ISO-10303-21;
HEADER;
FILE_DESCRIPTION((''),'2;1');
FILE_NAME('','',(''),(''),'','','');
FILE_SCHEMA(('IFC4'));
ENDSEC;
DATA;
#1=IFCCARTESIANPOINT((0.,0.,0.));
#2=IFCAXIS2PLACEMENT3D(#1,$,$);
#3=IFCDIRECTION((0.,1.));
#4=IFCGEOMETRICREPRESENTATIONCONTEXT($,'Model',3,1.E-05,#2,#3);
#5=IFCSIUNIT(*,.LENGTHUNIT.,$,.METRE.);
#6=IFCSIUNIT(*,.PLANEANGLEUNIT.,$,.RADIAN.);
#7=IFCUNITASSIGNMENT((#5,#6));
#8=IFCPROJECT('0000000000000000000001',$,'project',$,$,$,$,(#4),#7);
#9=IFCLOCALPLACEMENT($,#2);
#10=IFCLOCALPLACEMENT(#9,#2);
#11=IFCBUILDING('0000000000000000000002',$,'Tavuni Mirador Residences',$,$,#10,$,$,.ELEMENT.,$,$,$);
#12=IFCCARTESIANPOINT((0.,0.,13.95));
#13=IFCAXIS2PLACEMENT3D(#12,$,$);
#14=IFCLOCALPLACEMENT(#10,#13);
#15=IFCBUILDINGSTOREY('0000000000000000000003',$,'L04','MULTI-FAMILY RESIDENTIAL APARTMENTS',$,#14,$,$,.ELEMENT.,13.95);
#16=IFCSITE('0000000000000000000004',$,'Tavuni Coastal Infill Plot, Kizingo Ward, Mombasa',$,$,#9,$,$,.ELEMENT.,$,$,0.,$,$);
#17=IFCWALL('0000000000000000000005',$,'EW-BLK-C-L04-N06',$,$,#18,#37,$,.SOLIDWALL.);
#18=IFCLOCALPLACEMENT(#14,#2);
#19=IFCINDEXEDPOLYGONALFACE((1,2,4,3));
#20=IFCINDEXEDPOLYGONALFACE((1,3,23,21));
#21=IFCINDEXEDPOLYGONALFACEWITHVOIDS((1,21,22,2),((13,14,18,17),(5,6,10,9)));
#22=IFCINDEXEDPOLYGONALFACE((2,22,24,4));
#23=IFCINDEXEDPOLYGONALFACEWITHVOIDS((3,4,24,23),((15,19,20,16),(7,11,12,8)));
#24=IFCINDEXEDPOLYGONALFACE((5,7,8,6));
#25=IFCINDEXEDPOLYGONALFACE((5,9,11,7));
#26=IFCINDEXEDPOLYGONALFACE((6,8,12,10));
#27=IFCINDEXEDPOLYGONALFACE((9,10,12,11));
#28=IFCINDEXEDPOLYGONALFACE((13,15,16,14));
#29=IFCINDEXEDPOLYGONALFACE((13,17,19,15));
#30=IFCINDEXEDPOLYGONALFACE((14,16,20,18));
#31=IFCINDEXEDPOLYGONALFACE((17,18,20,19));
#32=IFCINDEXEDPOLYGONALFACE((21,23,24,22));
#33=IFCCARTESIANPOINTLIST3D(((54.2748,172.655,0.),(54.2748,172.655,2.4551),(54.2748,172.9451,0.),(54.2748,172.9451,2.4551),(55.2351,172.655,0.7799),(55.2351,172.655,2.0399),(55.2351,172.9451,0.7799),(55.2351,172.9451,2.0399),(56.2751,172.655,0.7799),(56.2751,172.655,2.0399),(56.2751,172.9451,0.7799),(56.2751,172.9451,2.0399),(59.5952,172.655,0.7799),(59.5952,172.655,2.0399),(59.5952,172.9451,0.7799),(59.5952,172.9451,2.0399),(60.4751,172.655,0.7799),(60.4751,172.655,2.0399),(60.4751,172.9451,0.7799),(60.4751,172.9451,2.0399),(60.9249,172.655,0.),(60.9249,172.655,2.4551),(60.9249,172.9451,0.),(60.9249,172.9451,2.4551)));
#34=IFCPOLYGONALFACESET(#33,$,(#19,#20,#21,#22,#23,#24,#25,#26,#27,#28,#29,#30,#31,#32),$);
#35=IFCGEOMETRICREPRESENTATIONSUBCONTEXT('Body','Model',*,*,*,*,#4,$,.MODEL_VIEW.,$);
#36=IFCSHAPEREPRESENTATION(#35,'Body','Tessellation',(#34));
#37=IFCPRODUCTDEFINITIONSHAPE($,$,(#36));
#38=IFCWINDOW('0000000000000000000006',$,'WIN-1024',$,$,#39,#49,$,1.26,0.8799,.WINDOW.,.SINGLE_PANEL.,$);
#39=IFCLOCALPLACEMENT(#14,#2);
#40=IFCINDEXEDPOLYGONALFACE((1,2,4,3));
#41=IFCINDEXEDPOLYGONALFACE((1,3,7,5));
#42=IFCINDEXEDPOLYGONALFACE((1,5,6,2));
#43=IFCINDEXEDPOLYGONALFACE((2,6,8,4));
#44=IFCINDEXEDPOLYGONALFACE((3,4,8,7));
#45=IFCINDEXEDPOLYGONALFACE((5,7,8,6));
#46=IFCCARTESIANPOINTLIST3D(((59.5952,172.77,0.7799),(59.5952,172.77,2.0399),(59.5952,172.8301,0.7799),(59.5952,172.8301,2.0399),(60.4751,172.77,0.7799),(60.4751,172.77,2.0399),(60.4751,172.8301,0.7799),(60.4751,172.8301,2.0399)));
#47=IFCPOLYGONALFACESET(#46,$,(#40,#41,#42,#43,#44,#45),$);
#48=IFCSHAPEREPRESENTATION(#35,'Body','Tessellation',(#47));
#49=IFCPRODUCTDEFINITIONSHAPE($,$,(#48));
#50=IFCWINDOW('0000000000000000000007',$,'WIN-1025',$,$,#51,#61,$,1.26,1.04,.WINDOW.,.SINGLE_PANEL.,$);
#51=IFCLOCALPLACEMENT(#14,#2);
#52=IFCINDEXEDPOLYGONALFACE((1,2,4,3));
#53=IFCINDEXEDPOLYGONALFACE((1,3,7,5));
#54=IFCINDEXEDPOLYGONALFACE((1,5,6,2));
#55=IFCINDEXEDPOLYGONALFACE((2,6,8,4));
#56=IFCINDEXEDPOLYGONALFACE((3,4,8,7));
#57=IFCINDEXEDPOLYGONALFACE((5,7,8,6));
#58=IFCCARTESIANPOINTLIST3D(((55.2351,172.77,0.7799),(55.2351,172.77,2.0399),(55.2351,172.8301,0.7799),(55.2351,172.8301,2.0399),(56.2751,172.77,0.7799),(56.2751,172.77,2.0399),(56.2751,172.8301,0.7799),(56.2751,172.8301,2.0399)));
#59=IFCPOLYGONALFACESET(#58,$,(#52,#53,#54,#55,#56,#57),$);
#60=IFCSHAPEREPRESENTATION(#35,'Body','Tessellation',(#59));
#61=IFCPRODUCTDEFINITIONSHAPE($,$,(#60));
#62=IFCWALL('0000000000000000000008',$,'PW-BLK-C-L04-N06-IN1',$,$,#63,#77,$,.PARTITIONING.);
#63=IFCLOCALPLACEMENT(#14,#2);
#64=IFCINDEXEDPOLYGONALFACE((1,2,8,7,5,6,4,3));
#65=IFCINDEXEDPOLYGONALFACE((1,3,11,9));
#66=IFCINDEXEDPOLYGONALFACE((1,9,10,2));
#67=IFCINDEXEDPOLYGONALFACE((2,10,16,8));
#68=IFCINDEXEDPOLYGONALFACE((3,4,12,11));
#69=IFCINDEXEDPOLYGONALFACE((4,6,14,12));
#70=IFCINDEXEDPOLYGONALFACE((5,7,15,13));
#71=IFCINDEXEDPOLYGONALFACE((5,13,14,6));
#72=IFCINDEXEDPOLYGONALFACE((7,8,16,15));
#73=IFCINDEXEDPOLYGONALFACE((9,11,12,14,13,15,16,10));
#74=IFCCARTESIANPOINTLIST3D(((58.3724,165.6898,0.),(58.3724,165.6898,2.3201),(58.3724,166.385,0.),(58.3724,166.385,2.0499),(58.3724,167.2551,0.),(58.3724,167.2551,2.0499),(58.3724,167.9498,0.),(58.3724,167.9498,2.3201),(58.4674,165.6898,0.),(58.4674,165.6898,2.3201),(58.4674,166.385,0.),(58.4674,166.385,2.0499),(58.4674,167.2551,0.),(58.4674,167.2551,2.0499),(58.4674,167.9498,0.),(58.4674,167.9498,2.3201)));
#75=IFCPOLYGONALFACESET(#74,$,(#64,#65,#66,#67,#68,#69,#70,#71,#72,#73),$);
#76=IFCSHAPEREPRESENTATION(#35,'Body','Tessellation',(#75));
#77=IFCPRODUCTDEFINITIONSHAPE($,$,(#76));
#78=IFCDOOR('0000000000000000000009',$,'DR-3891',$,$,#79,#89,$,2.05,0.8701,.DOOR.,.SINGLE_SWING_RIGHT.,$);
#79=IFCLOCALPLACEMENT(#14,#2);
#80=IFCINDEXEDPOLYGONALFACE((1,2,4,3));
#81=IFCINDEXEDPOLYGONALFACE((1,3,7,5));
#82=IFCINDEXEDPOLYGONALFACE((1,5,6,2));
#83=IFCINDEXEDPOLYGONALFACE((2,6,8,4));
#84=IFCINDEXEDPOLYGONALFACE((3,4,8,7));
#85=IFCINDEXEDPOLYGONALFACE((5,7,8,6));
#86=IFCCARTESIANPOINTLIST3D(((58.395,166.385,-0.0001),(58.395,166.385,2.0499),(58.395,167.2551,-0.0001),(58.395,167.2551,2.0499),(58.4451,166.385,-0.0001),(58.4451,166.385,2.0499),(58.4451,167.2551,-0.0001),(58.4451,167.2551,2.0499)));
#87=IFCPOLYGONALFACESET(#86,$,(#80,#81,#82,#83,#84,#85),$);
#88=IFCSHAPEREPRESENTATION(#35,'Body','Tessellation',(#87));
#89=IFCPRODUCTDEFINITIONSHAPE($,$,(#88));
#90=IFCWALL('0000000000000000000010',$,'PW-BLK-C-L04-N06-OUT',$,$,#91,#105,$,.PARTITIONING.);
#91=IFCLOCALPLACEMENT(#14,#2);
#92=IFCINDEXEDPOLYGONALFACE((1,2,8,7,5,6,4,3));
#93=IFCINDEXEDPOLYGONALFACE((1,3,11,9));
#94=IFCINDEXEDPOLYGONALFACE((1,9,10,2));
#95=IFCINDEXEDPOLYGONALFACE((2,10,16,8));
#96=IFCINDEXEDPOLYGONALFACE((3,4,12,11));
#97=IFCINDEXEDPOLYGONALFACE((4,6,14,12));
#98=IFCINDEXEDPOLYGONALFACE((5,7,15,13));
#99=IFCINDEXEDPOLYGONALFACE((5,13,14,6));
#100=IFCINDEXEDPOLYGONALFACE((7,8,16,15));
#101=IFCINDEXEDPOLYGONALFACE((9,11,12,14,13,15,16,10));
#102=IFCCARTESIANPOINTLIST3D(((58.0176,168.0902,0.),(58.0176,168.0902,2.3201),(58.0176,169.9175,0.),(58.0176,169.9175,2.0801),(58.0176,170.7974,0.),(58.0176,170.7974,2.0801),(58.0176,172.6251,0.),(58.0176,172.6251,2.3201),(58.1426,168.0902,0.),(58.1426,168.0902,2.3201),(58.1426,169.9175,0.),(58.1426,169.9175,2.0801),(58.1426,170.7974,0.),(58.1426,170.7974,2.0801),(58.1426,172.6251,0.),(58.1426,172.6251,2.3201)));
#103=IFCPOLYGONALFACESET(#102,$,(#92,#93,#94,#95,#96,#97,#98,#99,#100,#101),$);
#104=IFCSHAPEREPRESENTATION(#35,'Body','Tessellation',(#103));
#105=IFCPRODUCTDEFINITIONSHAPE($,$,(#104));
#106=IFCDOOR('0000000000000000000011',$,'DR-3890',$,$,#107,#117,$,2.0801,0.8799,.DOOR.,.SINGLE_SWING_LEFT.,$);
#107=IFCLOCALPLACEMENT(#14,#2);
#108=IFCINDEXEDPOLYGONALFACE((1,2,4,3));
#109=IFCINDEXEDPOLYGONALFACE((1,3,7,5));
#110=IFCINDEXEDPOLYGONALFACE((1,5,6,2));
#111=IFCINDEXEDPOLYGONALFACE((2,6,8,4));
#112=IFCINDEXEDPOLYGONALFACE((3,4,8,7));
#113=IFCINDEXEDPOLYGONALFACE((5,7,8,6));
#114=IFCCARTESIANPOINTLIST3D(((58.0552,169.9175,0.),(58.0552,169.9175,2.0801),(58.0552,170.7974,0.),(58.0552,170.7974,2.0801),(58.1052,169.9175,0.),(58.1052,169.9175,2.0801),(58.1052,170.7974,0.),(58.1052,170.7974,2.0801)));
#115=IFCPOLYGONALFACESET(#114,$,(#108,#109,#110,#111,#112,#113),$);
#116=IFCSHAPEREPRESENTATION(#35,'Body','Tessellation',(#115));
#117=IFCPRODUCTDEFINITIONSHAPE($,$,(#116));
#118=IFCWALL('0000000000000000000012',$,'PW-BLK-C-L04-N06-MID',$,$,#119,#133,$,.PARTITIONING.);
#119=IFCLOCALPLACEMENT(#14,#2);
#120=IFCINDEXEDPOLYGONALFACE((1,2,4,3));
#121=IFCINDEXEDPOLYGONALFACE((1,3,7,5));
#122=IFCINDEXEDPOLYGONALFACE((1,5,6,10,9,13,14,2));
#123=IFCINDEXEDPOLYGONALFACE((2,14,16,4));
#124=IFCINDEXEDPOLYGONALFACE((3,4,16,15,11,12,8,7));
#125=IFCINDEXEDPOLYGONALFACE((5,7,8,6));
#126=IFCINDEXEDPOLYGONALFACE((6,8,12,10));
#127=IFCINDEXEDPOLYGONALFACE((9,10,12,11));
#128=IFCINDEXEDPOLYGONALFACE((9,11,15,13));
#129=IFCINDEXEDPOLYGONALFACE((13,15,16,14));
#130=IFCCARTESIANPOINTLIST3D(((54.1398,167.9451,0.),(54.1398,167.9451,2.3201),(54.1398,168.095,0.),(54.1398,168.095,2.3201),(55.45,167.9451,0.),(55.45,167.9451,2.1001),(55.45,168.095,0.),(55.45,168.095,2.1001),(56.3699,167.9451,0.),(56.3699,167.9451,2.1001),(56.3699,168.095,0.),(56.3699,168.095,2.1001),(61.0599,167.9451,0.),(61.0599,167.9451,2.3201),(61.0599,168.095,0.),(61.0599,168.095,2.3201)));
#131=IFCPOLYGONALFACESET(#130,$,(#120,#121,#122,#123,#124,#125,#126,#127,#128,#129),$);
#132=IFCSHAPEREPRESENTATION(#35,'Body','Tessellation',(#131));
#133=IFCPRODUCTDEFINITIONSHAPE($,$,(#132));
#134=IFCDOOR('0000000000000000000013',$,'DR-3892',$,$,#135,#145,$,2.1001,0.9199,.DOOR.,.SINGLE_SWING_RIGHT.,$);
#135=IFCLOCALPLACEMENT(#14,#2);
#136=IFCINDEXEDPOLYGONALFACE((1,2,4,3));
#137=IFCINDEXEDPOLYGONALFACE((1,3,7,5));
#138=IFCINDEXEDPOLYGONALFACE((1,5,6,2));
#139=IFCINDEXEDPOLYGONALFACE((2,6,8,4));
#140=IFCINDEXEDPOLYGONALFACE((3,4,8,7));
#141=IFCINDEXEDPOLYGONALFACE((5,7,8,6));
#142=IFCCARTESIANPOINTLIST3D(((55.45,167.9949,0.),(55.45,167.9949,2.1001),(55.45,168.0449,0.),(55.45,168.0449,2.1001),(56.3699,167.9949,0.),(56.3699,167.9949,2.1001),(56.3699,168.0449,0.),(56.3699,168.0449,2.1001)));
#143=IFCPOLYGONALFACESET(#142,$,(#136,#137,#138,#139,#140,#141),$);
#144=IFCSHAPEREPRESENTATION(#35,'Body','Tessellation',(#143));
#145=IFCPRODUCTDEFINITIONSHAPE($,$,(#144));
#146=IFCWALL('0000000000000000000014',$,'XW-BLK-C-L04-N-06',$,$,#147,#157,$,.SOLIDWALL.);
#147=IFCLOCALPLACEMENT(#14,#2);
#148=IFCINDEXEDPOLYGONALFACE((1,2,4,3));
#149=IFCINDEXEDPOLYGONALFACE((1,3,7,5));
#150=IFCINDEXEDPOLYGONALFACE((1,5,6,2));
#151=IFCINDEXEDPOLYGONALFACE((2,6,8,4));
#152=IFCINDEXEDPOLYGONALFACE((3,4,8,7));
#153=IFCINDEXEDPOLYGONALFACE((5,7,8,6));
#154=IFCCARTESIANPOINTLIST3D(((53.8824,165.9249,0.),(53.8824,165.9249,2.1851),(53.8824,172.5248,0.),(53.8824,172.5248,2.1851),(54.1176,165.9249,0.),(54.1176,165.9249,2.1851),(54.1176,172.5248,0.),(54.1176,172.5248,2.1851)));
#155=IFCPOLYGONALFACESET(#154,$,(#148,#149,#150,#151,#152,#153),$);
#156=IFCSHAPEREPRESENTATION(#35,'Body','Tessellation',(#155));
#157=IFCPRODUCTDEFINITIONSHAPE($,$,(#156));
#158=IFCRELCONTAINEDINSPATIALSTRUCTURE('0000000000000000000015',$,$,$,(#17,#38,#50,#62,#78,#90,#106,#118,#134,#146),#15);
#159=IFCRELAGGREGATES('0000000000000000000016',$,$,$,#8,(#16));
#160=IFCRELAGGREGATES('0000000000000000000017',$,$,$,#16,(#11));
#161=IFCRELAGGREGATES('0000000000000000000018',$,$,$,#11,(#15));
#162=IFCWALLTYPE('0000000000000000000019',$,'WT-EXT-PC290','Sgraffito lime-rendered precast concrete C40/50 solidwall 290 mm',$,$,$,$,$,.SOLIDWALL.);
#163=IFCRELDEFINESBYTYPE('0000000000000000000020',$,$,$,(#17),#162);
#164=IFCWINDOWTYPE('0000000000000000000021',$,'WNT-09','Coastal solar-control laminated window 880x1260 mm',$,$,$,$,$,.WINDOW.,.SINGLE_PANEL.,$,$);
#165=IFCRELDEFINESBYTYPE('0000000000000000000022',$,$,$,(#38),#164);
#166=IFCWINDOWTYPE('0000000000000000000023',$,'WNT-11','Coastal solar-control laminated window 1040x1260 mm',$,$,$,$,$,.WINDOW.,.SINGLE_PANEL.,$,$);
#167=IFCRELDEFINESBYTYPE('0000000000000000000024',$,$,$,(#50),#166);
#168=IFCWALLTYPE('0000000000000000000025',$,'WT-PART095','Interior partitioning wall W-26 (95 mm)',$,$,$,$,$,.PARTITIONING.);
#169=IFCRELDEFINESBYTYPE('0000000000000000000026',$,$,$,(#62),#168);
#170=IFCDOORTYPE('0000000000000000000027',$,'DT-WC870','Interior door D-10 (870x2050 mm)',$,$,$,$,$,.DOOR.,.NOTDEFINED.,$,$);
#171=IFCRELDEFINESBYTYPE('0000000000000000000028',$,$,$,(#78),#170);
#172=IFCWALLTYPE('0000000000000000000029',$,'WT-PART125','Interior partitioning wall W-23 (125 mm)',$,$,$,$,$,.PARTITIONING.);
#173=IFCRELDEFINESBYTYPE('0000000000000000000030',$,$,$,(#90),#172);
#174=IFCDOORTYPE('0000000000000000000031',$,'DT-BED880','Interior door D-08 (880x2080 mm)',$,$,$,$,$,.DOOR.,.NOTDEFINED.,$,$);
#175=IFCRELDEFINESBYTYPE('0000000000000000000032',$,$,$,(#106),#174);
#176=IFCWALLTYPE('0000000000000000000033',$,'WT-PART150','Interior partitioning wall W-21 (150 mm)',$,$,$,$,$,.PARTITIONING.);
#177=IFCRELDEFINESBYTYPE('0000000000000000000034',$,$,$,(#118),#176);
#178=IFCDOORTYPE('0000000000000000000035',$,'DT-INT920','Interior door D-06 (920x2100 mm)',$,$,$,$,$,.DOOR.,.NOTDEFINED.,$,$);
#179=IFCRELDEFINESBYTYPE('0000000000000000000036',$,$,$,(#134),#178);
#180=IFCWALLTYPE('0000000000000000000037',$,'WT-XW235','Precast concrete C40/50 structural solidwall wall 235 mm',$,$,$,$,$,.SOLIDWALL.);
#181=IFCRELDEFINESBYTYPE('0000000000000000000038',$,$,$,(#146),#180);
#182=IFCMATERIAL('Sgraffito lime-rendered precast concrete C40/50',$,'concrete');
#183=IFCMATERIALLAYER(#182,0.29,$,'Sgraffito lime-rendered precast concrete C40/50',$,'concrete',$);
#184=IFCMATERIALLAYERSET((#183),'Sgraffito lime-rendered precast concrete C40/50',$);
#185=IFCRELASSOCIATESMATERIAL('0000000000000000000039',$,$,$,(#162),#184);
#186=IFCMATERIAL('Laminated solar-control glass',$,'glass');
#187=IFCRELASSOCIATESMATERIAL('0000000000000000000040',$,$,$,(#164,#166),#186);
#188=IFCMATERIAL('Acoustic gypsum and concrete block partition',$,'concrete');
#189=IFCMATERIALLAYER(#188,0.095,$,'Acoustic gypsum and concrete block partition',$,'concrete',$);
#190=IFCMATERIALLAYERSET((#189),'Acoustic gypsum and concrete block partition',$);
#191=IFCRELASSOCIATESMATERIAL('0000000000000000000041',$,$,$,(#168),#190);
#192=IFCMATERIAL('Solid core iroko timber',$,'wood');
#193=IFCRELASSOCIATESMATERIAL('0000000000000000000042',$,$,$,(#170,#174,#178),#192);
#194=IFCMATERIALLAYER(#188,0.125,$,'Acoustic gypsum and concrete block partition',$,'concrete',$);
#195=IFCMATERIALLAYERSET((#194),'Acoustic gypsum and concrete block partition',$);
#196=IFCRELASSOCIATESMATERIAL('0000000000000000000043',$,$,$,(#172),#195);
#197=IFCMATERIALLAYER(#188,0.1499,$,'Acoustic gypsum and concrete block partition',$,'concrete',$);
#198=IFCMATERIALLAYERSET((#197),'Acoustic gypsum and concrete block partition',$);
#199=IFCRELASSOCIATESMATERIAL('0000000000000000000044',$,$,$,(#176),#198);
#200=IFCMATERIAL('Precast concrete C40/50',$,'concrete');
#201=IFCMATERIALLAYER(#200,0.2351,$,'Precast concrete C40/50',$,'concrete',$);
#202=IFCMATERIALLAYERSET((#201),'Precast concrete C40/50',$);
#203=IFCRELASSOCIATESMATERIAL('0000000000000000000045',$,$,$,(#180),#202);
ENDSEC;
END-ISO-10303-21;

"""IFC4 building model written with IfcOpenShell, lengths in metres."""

from ifc_helpers import new_model, si_unit, direction, frame, frame_2d, origin, place, context, subcontext, project, spatial, rectangle, extrude, material, layer, layer_set, type_object, element, fill, save


model = new_model("IFC4")

# Units and contexts
model_context = context("Model", 3, precision=1e-05, world=origin(), true_north=direction((0.0, 1.0)))
body_context = subcontext(model_context, "Body", "Model", "MODEL_VIEW")
ifc_project = project(units=[si_unit("LENGTHUNIT", "METRE"), si_unit("PLANEANGLEUNIT", "RADIAN")], contexts=[model_context])

# Site, building, storey
site_placement = place(None, origin())
site = spatial("IfcSite", under=ifc_project, at=site_placement, Name="Tavuni Coastal Infill Plot, Kizingo Ward, Mombasa", CompositionType="ELEMENT", RefElevation=0.0)
building_placement = place(site_placement, origin())
building = spatial("IfcBuilding", under=site, at=building_placement, Name="Tavuni Mirador Residences", CompositionType="ELEMENT")
storey_placement = place(building_placement, frame((0.0, 0.0, 13.95)))
storey = spatial("IfcBuildingStorey", under=building, at=storey_placement, Name="L04", Description="MULTI-FAMILY RESIDENTIAL APARTMENTS", CompositionType="ELEMENT", Elevation=13.95)

# Shared definitions
ifc_material_1 = material(Name="Precast concrete C40/50", Category="concrete")

# Shared definitions
ifc_material_2 = material(Name="Solid core iroko timber", Category="wood")

# Wall, openings, windows
ifc_material_3 = material(Name="Sgraffito lime-rendered precast concrete C40/50", Category="concrete")
ifc_layer_1 = layer(ifc_material_3, 0.29, Name="Sgraffito lime-rendered precast concrete C40/50", Category="concrete")
ifc_layer_set_1 = layer_set([ifc_layer_1], Name="Sgraffito lime-rendered precast concrete C40/50")
wall_type_1 = type_object("IfcWallType", Name="WT-EXT-PC290", Description="Sgraffito lime-rendered precast concrete C40/50 solidwall 290 mm", PredefinedType="SOLIDWALL", material=ifc_layer_set_1)
wall_1_placement = place(storey_placement, frame((60.925, 172.8, 0.0), z_axis=(0.0, 0.0, 1.0), x_axis=(-1.0, 0.0, 0.0)))
wall_1 = element("IfcWall", 1, at=wall_1_placement, inside=storey, type_object=wall_type_1, Name="EW-BLK-C-L04-N06", PredefinedType="SOLIDWALL", context=body_context, shape_type="SweptSolid", body=[
    extrude(rectangle(XDim=6.6501, YDim=0.29, at=frame_2d((3.3252, 0.0))), origin(), (0.0, 0.0, 1.0), 2.4551),
])
opening_1_placement = place(wall_1_placement, frame((0.45, 0.0, 0.78)))
opening_1 = element("IfcOpeningElement", 2, at=opening_1_placement, cuts=wall_1, PredefinedType="OPENING", context=body_context, shape_type="SweptSolid", body=[
    extrude(rectangle(XDim=0.8799, YDim=1.26, at=frame_2d((0.4399, 0.6299))), frame((0.0, 0.155, 0.0), z_axis=(0.0, -1.0, 0.0), x_axis=(1.0, 0.0, 0.0)), (0.0, 0.0, 1.0), 0.3101),
])
opening_2_placement = place(wall_1_placement, frame((4.6499, 0.0, 0.78)))
opening_2 = element("IfcOpeningElement", 3, at=opening_2_placement, cuts=wall_1, PredefinedType="OPENING", context=body_context, shape_type="SweptSolid", body=[
    extrude(rectangle(XDim=1.04, YDim=1.26, at=frame_2d((0.52, 0.6299))), frame((0.0, 0.155, 0.0), z_axis=(0.0, -1.0, 0.0), x_axis=(1.0, 0.0, 0.0)), (0.0, 0.0, 1.0), 0.3101),
])
ifc_material_4 = material(Name="Laminated solar-control glass", Category="glass")
window_type_1 = type_object("IfcWindowType", Name="WNT-09", Description="Coastal solar-control laminated window 880x1260 mm", PartitioningType="SINGLE_PANEL", PredefinedType="WINDOW", material=ifc_material_4)
window_1_placement = place(opening_1_placement, origin())
window_1 = element("IfcWindow", 4, at=window_1_placement, inside=storey, type_object=window_type_1, Name="WIN-1024", OverallHeight=1.26, OverallWidth=0.8799, PartitioningType="SINGLE_PANEL", PredefinedType="WINDOW", context=body_context, shape_type="SweptSolid", body=[
    extrude(rectangle(XDim=0.8799, YDim=1.26, at=frame_2d((0.4399, 0.6299))), frame((0.0, 0.03, 0.0), z_axis=(0.0, -1.0, 0.0), x_axis=(1.0, 0.0, 0.0)), (0.0, 0.0, 1.0), 0.0601),
])
fill(opening_1, window_1)
window_type_2 = type_object("IfcWindowType", Name="WNT-11", Description="Coastal solar-control laminated window 1040x1260 mm", PartitioningType="SINGLE_PANEL", PredefinedType="WINDOW", material=ifc_material_4)
window_2_placement = place(opening_2_placement, origin())
window_2 = element("IfcWindow", 5, at=window_2_placement, inside=storey, type_object=window_type_2, Name="WIN-1025", OverallHeight=1.26, OverallWidth=1.04, PartitioningType="SINGLE_PANEL", PredefinedType="WINDOW", context=body_context, shape_type="SweptSolid", body=[
    extrude(rectangle(XDim=1.04, YDim=1.26, at=frame_2d((0.52, 0.6299))), frame((0.0, 0.03, 0.0), z_axis=(0.0, -1.0, 0.0), x_axis=(1.0, 0.0, 0.0)), (0.0, 0.0, 1.0), 0.0601),
])
fill(opening_2, window_2)

# Walls, openings, doors
ifc_material_5 = material(Name="Acoustic gypsum and concrete block partition", Category="concrete")
ifc_layer_2 = layer(ifc_material_5, 0.095, Name="Acoustic gypsum and concrete block partition", Category="concrete")
ifc_layer_set_2 = layer_set([ifc_layer_2], Name="Acoustic gypsum and concrete block partition")
wall_type_2 = type_object("IfcWallType", Name="WT-PART095", Description="Interior partitioning wall W-26 (95 mm)", PredefinedType="PARTITIONING", material=ifc_layer_set_2)
wall_2_placement = place(storey_placement, frame((58.4199, 165.6899, 0.0), z_axis=(0.0, 0.0, 1.0), x_axis=(0.0, 1.0, 0.0)))
wall_2 = element("IfcWall", 6, at=wall_2_placement, inside=storey, type_object=wall_type_2, Name="PW-BLK-C-L04-N06-IN1", PredefinedType="PARTITIONING", context=body_context, shape_type="SweptSolid", body=[
    extrude(rectangle(XDim=2.26, YDim=0.095, at=frame_2d((1.1299, 0.0))), origin(), (0.0, 0.0, 1.0), 2.3201),
])
opening_3_placement = place(wall_2_placement, frame((0.6951, 0.0, 0.0)))
opening_3 = element("IfcOpeningElement", 7, at=opening_3_placement, cuts=wall_2, PredefinedType="OPENING", context=body_context, shape_type="SweptSolid", body=[
    extrude(rectangle(XDim=0.8701, YDim=2.05, at=frame_2d((0.4351, 1.0249))), frame((0.0, 0.0576, 0.0), z_axis=(0.0, -1.0, 0.0), x_axis=(1.0, 0.0, 0.0)), (0.0, 0.0, 1.0), 0.115),
])
door_type_1 = type_object("IfcDoorType", Name="DT-WC870", Description="Interior door D-10 (870x2050 mm)", OperationType="NOTDEFINED", PredefinedType="DOOR", material=ifc_material_2)
door_1_placement = place(opening_3_placement, origin())
door_1 = element("IfcDoor", 8, at=door_1_placement, inside=storey, type_object=door_type_1, Name="DR-3891", OperationType="SINGLE_SWING_RIGHT", OverallHeight=2.05, OverallWidth=0.8701, PredefinedType="DOOR", context=body_context, shape_type="SweptSolid", body=[
    extrude(rectangle(XDim=0.8701, YDim=2.05, at=frame_2d((0.4351, 1.0249))), frame((0.0, 0.0249, 0.0), z_axis=(0.0, -1.0, 0.0), x_axis=(1.0, 0.0, 0.0)), (0.0, 0.0, 1.0), 0.05),
])
fill(opening_3, door_1)
ifc_layer_3 = layer(ifc_material_5, 0.125, Name="Acoustic gypsum and concrete block partition", Category="concrete")
ifc_layer_set_3 = layer_set([ifc_layer_3], Name="Acoustic gypsum and concrete block partition")
wall_type_3 = type_object("IfcWallType", Name="WT-PART125", Description="Interior partitioning wall W-23 (125 mm)", PredefinedType="PARTITIONING", material=ifc_layer_set_3)
wall_3_placement = place(storey_placement, frame((58.0801, 168.0901, 0.0), z_axis=(0.0, 0.0, 1.0), x_axis=(0.0, 1.0, 0.0)))
wall_3 = element("IfcWall", 9, at=wall_3_placement, inside=storey, type_object=wall_type_3, Name="PW-BLK-C-L04-N06-OUT", PredefinedType="PARTITIONING", context=body_context, shape_type="SweptSolid", body=[
    extrude(rectangle(XDim=4.5349, YDim=0.125, at=frame_2d((2.2676, 0.0))), origin(), (0.0, 0.0, 1.0), 2.3201),
])
opening_4_placement = place(wall_3_placement, frame((1.8274, 0.0, 0.0)))
opening_4 = element("IfcOpeningElement", 10, at=opening_4_placement, cuts=wall_3, PredefinedType="OPENING", context=body_context, shape_type="SweptSolid", body=[
    extrude(rectangle(XDim=0.8799, YDim=2.0801, at=frame_2d((0.4399, 1.04))), frame((0.0, 0.0725, 0.0), z_axis=(0.0, -1.0, 0.0), x_axis=(1.0, 0.0, 0.0)), (0.0, 0.0, 1.0), 0.145),
])
door_type_2 = type_object("IfcDoorType", Name="DT-BED880", Description="Interior door D-08 (880x2080 mm)", OperationType="NOTDEFINED", PredefinedType="DOOR", material=ifc_material_2)
door_2_placement = place(opening_4_placement, origin())
door_2 = element("IfcDoor", 11, at=door_2_placement, inside=storey, type_object=door_type_2, Name="DR-3890", OperationType="SINGLE_SWING_LEFT", OverallHeight=2.0801, OverallWidth=0.8799, PredefinedType="DOOR", context=body_context, shape_type="SweptSolid", body=[
    extrude(rectangle(XDim=0.8799, YDim=2.0801, at=frame_2d((0.4399, 1.04))), frame((0.0, 0.0249, 0.0), z_axis=(0.0, -1.0, 0.0), x_axis=(1.0, 0.0, 0.0)), (0.0, 0.0, 1.0), 0.05),
])
fill(opening_4, door_2)
ifc_layer_4 = layer(ifc_material_5, 0.1499, Name="Acoustic gypsum and concrete block partition", Category="concrete")
ifc_layer_set_4 = layer_set([ifc_layer_4], Name="Acoustic gypsum and concrete block partition")
wall_type_4 = type_object("IfcWallType", Name="WT-PART150", Description="Interior partitioning wall W-21 (150 mm)", PredefinedType="PARTITIONING", material=ifc_layer_set_4)
wall_4_placement = place(storey_placement, frame((54.1399, 168.02, 0.0), z_axis=(0.0, 0.0, 1.0), x_axis=(1.0, 0.0, 0.0)))
wall_4 = element("IfcWall", 12, at=wall_4_placement, inside=storey, type_object=wall_type_4, Name="PW-BLK-C-L04-N06-MID", PredefinedType="PARTITIONING", context=body_context, shape_type="SweptSolid", body=[
    extrude(rectangle(XDim=6.9202, YDim=0.1499, at=frame_2d((3.46, 0.0))), origin(), (0.0, 0.0, 1.0), 2.3201),
])
opening_5_placement = place(wall_4_placement, frame((1.3101, 0.0, 0.0)))
opening_5 = element("IfcOpeningElement", 13, at=opening_5_placement, cuts=wall_4, PredefinedType="OPENING", context=body_context, shape_type="SweptSolid", body=[
    extrude(rectangle(XDim=0.9199, YDim=2.1001, at=frame_2d((0.46, 1.05))), frame((0.0, 0.085, 0.0), z_axis=(0.0, -1.0, 0.0), x_axis=(1.0, 0.0, 0.0)), (0.0, 0.0, 1.0), 0.1699),
])
door_type_3 = type_object("IfcDoorType", Name="DT-INT920", Description="Interior door D-06 (920x2100 mm)", OperationType="NOTDEFINED", PredefinedType="DOOR", material=ifc_material_2)
door_3_placement = place(opening_5_placement, origin())
door_3 = element("IfcDoor", 14, at=door_3_placement, inside=storey, type_object=door_type_3, Name="DR-3892", OperationType="SINGLE_SWING_RIGHT", OverallHeight=2.1001, OverallWidth=0.9199, PredefinedType="DOOR", context=body_context, shape_type="SweptSolid", body=[
    extrude(rectangle(XDim=0.9199, YDim=2.1001, at=frame_2d((0.46, 1.05))), frame((0.0, 0.0249, 0.0), z_axis=(0.0, -1.0, 0.0), x_axis=(1.0, 0.0, 0.0)), (0.0, 0.0, 1.0), 0.05),
])
fill(opening_5, door_3)

# Wall
ifc_layer_5 = layer(ifc_material_1, 0.2351, Name="Precast concrete C40/50", Category="concrete")
ifc_layer_set_5 = layer_set([ifc_layer_5], Name="Precast concrete C40/50")
wall_type_5 = type_object("IfcWallType", Name="WT-XW235", Description="Precast concrete C40/50 structural solidwall wall 235 mm", PredefinedType="SOLIDWALL", material=ifc_layer_set_5)
for number, where, z_axis, x_axis, name in (
    (15, (54.0, 165.925, 0.0), (0.0, 0.0, 1.0), (0.0, 1.0, 0.0), "XW-BLK-C-L04-N-06"),
):
    element("IfcWall", number, at=place(storey_placement, frame(where, z_axis=z_axis, x_axis=x_axis)), inside=storey, type_object=wall_type_5, Name=name, PredefinedType="SOLIDWALL", context=body_context, shape_type="SweptSolid", body=[
        extrude(rectangle(XDim=6.5999, YDim=0.2351, at=frame_2d((3.2998, 0.0))), origin(), (0.0, 0.0, 1.0), 2.1851),
    ])

save(model, "model.ifc")
